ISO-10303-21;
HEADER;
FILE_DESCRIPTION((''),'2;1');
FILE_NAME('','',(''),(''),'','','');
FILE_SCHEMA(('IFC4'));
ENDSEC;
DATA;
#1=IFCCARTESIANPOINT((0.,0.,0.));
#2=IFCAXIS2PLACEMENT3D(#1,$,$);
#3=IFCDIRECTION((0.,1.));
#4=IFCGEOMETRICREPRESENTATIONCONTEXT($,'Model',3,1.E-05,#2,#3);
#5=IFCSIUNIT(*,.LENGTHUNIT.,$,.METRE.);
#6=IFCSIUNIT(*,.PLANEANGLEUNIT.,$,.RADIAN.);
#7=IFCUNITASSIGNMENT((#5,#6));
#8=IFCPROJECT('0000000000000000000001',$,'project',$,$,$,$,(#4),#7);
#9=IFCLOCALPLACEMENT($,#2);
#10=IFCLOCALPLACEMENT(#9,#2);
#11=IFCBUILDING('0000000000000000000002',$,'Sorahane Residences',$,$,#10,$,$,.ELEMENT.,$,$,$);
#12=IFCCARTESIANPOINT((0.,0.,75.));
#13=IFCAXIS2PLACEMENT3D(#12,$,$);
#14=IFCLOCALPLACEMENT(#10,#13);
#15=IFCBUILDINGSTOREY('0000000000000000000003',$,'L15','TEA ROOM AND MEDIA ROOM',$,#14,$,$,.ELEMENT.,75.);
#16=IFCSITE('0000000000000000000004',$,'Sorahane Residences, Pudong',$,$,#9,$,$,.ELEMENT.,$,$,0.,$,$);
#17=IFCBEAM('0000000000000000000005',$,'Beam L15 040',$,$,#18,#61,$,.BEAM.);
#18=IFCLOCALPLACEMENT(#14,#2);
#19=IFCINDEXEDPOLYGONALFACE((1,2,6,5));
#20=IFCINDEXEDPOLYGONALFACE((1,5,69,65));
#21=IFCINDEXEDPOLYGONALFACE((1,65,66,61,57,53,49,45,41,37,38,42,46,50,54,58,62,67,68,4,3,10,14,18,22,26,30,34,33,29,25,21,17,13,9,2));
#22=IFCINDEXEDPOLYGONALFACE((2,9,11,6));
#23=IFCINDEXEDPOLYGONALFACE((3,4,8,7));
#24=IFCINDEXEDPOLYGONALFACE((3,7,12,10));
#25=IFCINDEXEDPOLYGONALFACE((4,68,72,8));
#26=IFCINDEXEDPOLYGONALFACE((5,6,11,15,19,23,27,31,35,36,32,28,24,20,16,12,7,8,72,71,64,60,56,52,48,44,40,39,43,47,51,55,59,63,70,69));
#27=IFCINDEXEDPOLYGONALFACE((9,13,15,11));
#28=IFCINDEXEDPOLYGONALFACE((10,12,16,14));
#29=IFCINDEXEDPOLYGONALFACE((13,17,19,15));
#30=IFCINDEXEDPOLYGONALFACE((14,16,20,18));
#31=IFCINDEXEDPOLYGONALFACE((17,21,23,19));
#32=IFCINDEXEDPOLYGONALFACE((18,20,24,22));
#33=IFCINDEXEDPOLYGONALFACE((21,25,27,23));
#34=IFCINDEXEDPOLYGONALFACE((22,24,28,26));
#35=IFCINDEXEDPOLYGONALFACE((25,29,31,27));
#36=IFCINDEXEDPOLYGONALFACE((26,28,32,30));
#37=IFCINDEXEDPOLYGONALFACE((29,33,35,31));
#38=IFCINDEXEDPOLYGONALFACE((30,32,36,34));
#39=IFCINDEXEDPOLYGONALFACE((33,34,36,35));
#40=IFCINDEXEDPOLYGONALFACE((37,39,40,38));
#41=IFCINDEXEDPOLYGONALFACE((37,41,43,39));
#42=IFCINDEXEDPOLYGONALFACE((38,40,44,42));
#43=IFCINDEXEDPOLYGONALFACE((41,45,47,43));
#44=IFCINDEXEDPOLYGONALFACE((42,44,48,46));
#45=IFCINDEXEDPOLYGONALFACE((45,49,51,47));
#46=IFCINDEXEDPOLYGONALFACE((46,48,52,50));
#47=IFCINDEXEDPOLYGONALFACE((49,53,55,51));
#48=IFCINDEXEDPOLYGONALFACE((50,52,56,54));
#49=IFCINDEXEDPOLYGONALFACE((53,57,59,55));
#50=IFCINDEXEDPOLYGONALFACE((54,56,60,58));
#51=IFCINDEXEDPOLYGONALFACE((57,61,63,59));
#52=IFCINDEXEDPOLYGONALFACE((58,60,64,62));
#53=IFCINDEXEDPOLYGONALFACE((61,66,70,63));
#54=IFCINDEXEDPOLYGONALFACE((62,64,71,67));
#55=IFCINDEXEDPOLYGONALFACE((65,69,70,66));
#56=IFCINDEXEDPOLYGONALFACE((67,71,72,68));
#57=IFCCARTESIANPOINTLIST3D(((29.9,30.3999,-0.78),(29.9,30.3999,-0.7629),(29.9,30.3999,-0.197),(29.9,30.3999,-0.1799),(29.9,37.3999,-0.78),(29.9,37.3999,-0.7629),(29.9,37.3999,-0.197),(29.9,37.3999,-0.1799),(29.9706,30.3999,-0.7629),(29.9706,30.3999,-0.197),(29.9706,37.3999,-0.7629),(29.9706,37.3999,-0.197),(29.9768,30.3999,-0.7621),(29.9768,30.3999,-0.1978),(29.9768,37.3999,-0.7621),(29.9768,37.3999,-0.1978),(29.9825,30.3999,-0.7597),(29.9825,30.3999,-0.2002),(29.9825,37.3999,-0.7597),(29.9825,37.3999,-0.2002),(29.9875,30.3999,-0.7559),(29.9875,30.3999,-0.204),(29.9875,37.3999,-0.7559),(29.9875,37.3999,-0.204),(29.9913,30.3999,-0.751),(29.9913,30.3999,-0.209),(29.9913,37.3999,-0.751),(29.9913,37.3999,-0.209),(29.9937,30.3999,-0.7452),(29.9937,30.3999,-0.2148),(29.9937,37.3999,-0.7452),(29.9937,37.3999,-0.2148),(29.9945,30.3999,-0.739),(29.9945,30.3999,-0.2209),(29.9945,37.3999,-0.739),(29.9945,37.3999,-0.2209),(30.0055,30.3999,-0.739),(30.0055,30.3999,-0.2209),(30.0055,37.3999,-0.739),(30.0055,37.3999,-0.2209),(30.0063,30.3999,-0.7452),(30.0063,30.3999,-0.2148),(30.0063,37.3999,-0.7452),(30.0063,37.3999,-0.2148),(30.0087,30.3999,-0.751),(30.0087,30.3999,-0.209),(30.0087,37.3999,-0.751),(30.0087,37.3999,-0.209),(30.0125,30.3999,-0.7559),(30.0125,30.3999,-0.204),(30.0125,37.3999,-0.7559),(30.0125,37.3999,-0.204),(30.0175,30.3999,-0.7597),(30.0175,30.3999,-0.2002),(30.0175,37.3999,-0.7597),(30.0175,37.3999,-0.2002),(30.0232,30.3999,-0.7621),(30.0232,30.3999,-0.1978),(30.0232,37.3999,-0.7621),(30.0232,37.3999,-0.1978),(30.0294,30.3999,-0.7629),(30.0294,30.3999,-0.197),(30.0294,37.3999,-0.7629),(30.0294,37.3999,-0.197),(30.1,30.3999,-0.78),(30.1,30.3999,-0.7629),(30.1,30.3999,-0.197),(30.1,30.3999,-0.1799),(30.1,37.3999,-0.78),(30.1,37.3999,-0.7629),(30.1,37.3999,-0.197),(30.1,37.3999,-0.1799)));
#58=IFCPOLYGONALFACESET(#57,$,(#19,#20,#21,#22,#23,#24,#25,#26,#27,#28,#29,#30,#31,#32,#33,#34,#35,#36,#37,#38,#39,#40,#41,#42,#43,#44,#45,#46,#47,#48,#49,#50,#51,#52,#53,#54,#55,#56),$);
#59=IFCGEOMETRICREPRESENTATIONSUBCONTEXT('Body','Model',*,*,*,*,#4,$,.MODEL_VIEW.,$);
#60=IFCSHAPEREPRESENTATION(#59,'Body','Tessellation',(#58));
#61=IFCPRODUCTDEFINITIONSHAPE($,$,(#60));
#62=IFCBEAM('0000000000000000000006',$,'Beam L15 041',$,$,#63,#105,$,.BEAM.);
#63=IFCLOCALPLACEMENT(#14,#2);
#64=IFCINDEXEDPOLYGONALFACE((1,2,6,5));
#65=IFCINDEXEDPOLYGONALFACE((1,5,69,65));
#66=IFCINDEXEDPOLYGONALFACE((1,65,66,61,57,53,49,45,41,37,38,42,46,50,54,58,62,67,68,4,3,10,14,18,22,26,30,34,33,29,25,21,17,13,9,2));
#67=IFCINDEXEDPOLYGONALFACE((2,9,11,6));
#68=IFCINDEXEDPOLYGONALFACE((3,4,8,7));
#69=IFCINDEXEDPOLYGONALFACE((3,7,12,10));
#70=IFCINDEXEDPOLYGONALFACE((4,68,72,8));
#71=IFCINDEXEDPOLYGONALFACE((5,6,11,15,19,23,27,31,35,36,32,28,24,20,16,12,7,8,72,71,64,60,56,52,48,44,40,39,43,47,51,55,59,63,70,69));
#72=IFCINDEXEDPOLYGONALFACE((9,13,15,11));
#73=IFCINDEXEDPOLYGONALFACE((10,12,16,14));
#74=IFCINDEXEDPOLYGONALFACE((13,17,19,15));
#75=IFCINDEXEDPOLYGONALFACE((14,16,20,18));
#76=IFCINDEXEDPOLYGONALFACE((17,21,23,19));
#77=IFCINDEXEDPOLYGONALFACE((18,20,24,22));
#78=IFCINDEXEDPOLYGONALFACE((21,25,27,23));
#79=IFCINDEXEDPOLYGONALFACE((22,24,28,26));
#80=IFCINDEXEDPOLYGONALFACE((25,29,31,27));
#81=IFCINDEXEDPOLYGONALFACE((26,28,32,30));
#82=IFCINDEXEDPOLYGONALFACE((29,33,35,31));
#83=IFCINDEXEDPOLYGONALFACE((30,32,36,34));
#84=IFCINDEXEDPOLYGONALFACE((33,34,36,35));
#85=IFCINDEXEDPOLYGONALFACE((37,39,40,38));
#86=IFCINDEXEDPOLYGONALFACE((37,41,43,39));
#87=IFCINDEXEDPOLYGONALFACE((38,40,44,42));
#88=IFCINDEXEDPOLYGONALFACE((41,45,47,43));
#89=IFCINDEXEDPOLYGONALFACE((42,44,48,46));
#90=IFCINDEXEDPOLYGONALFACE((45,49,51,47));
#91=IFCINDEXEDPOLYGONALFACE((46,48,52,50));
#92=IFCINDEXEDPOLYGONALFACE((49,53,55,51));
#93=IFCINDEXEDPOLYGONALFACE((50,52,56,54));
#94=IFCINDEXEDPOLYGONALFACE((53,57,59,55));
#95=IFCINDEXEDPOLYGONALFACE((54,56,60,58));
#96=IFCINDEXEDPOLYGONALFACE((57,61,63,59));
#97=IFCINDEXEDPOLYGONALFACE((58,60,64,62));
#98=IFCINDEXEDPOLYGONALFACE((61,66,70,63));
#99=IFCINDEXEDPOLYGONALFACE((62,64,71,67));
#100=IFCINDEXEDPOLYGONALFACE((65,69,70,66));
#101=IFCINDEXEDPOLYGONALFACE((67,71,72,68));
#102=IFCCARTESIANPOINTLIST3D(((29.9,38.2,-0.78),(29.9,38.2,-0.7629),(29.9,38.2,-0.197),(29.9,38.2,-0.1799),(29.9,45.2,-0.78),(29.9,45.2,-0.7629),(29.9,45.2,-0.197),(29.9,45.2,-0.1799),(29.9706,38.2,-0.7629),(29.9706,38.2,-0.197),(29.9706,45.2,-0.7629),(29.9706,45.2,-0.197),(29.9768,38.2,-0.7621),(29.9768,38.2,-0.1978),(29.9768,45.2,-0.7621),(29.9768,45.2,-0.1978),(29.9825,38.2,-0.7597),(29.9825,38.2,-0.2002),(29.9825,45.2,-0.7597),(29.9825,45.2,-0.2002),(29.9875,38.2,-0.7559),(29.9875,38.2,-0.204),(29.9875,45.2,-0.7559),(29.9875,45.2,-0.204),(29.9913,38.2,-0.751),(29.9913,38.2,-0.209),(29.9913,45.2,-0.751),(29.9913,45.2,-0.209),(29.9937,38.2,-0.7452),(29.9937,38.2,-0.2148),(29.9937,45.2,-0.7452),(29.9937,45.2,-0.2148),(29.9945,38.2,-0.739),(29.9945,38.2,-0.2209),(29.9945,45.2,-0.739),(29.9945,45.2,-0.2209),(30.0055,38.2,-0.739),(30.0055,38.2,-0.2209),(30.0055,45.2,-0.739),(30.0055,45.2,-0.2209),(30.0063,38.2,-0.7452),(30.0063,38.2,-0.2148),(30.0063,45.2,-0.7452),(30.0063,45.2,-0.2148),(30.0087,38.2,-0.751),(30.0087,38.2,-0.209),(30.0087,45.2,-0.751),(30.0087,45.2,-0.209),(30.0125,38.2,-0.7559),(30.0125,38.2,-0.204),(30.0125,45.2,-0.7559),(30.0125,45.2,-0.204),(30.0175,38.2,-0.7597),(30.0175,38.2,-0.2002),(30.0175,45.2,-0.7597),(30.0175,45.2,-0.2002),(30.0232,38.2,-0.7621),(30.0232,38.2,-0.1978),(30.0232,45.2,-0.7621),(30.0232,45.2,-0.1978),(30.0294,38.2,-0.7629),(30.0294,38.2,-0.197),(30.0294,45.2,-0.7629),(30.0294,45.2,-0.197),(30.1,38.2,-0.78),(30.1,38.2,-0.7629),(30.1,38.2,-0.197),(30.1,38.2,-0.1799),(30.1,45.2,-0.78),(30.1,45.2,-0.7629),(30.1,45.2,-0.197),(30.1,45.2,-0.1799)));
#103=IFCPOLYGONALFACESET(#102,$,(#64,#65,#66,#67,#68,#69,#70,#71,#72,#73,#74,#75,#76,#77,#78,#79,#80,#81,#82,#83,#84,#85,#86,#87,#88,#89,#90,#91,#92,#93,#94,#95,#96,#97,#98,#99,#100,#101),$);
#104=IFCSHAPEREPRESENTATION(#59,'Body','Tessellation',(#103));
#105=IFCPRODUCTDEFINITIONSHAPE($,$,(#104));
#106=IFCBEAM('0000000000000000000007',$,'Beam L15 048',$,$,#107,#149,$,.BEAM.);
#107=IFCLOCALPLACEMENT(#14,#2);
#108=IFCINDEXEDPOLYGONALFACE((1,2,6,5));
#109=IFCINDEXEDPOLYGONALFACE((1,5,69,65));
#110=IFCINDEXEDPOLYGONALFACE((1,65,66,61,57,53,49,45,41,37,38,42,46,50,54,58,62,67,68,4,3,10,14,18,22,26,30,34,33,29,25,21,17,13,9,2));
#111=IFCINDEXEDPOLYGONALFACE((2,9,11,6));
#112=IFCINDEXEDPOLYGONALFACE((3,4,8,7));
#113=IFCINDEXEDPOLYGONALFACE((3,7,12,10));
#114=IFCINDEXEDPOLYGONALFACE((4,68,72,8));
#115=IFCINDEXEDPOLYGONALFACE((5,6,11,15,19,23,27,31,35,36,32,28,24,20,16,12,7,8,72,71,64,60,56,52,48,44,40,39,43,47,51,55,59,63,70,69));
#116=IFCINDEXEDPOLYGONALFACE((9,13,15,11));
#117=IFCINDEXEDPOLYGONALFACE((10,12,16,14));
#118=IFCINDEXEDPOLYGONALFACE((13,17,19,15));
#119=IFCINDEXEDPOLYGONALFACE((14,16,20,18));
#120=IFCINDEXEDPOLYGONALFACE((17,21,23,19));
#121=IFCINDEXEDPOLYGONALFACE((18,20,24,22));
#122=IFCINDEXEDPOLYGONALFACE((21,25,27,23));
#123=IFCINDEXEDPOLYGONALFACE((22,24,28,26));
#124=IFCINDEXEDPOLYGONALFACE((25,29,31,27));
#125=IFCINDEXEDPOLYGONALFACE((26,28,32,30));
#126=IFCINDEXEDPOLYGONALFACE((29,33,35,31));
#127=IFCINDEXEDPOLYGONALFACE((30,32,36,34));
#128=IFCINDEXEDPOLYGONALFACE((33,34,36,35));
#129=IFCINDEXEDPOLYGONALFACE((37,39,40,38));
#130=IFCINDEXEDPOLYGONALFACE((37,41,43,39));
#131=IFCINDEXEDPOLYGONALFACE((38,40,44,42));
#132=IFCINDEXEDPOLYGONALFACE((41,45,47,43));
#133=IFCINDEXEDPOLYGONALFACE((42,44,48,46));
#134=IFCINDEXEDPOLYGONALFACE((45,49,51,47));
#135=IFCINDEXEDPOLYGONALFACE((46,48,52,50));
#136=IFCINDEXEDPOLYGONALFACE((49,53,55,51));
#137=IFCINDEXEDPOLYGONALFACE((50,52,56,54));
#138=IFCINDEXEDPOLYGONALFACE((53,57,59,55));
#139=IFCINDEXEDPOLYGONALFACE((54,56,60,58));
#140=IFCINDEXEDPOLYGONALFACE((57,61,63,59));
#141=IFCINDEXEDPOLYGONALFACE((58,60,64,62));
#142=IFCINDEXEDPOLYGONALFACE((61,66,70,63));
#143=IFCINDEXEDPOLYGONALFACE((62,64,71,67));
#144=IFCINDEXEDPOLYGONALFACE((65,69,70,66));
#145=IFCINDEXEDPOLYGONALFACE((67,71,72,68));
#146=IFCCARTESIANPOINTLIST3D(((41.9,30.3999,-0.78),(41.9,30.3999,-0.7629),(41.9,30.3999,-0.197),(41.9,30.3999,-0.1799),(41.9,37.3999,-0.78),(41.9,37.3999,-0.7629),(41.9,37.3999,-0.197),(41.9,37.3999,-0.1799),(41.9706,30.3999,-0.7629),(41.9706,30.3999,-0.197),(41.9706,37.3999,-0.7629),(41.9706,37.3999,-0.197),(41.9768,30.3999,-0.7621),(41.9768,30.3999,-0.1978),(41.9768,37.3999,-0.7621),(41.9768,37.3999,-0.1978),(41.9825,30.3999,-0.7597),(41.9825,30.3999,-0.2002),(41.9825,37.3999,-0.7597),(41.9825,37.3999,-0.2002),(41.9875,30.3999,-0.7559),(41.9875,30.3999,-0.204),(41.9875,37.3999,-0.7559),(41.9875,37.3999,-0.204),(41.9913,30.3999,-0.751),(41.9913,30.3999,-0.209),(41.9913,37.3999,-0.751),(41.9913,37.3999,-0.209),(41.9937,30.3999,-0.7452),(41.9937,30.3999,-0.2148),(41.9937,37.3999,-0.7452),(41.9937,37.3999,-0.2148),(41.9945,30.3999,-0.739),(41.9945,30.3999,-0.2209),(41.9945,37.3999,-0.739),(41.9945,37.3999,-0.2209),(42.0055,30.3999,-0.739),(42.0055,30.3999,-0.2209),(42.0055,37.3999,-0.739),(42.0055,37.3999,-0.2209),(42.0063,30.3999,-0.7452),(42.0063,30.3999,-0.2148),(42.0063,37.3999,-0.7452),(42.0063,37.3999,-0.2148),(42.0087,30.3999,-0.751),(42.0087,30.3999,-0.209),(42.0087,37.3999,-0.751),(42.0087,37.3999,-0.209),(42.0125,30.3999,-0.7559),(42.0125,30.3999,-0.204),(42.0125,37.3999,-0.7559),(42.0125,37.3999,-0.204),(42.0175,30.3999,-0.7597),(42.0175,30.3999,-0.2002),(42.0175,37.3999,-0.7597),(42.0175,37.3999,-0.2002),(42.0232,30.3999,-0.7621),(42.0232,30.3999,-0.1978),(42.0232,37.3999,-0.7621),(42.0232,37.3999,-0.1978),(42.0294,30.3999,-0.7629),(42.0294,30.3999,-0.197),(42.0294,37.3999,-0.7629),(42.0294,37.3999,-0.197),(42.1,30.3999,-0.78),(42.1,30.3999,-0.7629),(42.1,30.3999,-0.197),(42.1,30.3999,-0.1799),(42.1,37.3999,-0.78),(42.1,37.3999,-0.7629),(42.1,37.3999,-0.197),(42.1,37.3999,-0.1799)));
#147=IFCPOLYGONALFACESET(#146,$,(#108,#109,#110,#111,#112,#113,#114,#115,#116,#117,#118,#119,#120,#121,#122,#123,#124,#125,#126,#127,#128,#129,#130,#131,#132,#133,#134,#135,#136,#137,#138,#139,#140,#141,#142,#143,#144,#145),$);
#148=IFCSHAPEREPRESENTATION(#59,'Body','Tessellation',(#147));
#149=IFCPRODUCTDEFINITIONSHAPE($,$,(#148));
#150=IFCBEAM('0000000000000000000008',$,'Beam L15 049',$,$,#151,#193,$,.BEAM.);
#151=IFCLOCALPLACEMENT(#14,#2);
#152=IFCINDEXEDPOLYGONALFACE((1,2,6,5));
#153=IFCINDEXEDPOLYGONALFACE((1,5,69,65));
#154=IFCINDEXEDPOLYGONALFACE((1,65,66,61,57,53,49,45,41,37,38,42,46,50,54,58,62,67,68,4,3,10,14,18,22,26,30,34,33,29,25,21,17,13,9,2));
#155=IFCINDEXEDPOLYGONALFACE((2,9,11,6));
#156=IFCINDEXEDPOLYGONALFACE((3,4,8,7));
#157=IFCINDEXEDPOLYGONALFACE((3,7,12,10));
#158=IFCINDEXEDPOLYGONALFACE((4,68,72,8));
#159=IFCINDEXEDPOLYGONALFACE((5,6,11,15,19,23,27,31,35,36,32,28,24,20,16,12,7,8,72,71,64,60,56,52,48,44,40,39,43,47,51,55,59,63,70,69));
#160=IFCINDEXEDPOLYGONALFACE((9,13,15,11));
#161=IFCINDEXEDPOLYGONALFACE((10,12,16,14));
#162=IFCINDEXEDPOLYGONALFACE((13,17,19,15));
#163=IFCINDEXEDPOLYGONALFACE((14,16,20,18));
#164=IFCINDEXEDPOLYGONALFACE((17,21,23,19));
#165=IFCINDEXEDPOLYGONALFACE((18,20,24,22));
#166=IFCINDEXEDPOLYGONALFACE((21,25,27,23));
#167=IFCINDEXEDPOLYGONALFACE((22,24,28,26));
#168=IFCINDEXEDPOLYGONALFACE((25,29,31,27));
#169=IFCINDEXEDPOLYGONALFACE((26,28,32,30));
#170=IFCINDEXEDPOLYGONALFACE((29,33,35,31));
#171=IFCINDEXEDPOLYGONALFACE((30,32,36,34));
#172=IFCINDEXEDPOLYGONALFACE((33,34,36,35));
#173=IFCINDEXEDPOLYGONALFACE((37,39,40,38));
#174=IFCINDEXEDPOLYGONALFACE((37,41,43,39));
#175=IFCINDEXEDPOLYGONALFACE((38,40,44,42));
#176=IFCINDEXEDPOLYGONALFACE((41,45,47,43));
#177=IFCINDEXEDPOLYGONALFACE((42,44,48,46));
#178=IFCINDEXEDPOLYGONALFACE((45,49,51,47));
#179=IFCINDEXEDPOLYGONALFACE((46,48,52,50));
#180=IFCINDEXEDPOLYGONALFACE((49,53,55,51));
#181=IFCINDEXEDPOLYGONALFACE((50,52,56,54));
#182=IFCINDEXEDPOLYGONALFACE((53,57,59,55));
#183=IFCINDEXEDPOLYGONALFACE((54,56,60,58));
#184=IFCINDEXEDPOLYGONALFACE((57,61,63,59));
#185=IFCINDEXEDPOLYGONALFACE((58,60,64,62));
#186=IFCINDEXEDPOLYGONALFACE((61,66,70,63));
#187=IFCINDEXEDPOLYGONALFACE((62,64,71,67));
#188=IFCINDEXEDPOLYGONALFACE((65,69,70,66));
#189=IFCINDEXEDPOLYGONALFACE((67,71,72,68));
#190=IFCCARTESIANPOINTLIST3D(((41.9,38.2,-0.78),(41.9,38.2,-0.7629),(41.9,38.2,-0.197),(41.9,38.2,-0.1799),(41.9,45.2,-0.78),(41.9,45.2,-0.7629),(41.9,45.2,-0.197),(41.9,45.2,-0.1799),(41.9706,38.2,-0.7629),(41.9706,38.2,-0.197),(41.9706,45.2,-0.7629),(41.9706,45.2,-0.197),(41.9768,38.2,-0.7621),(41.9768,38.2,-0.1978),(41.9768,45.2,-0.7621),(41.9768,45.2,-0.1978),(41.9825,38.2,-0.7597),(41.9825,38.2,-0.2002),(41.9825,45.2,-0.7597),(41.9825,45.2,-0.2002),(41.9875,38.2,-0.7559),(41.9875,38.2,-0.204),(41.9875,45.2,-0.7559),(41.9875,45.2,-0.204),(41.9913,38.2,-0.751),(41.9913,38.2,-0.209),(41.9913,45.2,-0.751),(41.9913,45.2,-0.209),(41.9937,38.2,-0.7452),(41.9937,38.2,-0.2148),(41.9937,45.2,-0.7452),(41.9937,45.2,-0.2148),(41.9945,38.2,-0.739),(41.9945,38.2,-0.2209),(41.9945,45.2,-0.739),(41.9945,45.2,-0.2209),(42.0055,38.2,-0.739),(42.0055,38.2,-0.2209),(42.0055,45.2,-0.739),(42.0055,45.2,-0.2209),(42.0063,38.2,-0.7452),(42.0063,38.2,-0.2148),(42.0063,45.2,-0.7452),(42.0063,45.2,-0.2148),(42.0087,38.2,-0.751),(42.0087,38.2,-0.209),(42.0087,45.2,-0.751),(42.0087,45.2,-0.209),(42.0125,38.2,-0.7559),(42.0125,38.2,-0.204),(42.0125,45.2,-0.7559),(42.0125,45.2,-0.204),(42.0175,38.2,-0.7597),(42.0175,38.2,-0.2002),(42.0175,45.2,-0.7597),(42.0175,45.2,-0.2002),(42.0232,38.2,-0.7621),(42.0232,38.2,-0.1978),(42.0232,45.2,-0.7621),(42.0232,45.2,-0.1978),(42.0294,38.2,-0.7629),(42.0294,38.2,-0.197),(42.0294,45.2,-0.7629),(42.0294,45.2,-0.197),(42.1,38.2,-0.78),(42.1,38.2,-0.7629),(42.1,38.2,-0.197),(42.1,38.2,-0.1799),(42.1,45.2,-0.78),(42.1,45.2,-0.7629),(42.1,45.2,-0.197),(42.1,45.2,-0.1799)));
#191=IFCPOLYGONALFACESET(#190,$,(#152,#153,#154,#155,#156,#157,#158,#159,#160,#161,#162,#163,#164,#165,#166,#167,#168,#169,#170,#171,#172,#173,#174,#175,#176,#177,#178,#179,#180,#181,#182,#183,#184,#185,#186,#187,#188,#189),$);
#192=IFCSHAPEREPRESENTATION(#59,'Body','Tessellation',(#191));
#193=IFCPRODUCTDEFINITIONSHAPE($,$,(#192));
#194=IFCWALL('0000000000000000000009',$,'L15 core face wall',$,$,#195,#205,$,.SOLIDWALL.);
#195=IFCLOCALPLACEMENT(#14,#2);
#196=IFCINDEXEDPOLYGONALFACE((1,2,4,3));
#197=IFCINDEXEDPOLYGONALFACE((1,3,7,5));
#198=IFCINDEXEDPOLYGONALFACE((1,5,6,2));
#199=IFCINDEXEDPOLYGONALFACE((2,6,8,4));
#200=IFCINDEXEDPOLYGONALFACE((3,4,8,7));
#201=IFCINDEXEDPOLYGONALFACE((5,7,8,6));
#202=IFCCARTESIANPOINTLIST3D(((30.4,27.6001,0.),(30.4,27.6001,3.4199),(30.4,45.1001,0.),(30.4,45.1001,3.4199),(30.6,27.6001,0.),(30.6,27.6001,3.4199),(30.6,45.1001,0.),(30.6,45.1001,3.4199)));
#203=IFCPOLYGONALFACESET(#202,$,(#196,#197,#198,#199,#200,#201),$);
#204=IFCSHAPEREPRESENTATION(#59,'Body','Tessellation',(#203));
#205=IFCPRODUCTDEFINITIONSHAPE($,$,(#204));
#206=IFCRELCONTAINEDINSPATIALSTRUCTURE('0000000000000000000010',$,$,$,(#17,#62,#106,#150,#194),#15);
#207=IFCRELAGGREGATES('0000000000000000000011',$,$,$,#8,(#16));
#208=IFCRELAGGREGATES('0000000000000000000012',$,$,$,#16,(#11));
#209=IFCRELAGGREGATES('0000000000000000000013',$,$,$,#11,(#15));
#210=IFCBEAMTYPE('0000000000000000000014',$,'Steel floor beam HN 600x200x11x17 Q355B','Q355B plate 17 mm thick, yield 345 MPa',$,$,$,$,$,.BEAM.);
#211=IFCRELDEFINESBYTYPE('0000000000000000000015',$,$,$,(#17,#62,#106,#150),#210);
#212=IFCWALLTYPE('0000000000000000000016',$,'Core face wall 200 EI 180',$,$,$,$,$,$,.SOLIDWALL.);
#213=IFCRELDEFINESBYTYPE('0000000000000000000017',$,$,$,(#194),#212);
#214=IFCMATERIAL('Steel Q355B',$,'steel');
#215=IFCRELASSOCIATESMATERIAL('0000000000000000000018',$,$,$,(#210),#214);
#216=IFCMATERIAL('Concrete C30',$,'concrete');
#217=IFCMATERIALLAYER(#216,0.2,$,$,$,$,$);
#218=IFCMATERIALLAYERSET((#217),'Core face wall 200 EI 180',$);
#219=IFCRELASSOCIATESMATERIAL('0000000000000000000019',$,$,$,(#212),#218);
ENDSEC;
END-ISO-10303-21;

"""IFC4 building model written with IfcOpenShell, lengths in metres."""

from ifc_helpers import new_model, si_unit, direction, frame, frame_2d, origin, origin_2d, place, context, subcontext, project, spatial, rectangle, i_section, extrude, material, layer, layer_set, material_profile, profile_set, type_object, element, save


model = new_model("IFC4")

# Units and contexts
model_context = context("Model", 3, precision=1e-05, world=origin(), true_north=direction((0.0, 1.0)))
body_context = subcontext(model_context, "Body", "Model", "MODEL_VIEW")
ifc_project = project(units=[si_unit("LENGTHUNIT", "METRE"), si_unit("PLANEANGLEUNIT", "RADIAN")], contexts=[model_context])

# Site, building, storey
site_placement = place(None, origin())
site = spatial("IfcSite", under=ifc_project, at=site_placement, Name="Sorahane Residences, Pudong", CompositionType="ELEMENT", RefElevation=0.0)
building_placement = place(site_placement, origin())
building = spatial("IfcBuilding", under=site, at=building_placement, Name="Sorahane Residences", CompositionType="ELEMENT")
storey_placement = place(building_placement, frame((0.0, 0.0, 75.0)))
storey = spatial("IfcBuildingStorey", under=building, at=storey_placement, Name="L15", Description="TEA ROOM AND MEDIA ROOM", CompositionType="ELEMENT", Elevation=75.0)

# Beams
ifc_material_1 = material(Name="Steel Q355B", Category="steel")
ifc_material_profile_1 = material_profile(ifc_material_1, i_section(OverallWidth=0.2, OverallDepth=0.6001, WebThickness=0.011, FlangeThickness=0.0171, FilletRadius=0.0239, at=origin_2d()), Name="HN 600x200x11x17")
ifc_profile_set_1 = profile_set([ifc_material_profile_1], Name="Steel Q355B")
beam_type_1 = type_object("IfcBeamType", Name="Steel floor beam HN 600x200x11x17 Q355B", Description="Q355B plate 17 mm thick, yield 345 MPa", PredefinedType="BEAM", material=ifc_profile_set_1)
for number, where, z_axis, x_axis, name in (
    (1, (30.0, 30.3999, -0.48), (0.0, 1.0, 0.0), (-1.0, 0.0, 0.0), "Beam L15 040"),
    (2, (30.0, 38.2, -0.48), (0.0, 1.0, 0.0), (-1.0, 0.0, 0.0), "Beam L15 041"),
    (3, (42.0, 30.3999, -0.48), (0.0, 1.0, 0.0), (-1.0, 0.0, 0.0), "Beam L15 048"),
    (4, (42.0, 38.2, -0.48), (0.0, 1.0, 0.0), (-1.0, 0.0, 0.0), "Beam L15 049"),
):
    element("IfcBeam", number, at=place(storey_placement, frame(where, z_axis=z_axis, x_axis=x_axis)), inside=storey, type_object=beam_type_1, Name=name, PredefinedType="BEAM", context=body_context, shape_type="SweptSolid", body=[
        extrude(i_section(OverallWidth=0.2, OverallDepth=0.6001, WebThickness=0.011, FlangeThickness=0.0171, FilletRadius=0.0239, at=origin_2d()), origin(), (0.0, 0.0, 1.0), 7.0),
    ])

# Wall
ifc_material_2 = material(Name="Concrete C30", Category="concrete")
ifc_layer_1 = layer(ifc_material_2, 0.2)
ifc_layer_set_1 = layer_set([ifc_layer_1], Name="Core face wall 200 EI 180")
wall_type_1 = type_object("IfcWallType", Name="Core face wall 200 EI 180", PredefinedType="SOLIDWALL", material=ifc_layer_set_1)
wall_1_placement = place(storey_placement, frame((30.5, 27.6001, 0.0), z_axis=(0.0, 0.0, 1.0), x_axis=(0.0, 1.0, 0.0)))
element("IfcWall", 5, at=wall_1_placement, inside=storey, type_object=wall_type_1, Name="L15 core face wall", PredefinedType="SOLIDWALL", context=body_context, shape_type="SweptSolid", body=[
    extrude(rectangle(XDim=17.5, YDim=0.2, at=frame_2d((8.75, 0.0))), origin(), (0.0, 0.0, 1.0), 3.4199),
])

save(model, "model.ifc")
